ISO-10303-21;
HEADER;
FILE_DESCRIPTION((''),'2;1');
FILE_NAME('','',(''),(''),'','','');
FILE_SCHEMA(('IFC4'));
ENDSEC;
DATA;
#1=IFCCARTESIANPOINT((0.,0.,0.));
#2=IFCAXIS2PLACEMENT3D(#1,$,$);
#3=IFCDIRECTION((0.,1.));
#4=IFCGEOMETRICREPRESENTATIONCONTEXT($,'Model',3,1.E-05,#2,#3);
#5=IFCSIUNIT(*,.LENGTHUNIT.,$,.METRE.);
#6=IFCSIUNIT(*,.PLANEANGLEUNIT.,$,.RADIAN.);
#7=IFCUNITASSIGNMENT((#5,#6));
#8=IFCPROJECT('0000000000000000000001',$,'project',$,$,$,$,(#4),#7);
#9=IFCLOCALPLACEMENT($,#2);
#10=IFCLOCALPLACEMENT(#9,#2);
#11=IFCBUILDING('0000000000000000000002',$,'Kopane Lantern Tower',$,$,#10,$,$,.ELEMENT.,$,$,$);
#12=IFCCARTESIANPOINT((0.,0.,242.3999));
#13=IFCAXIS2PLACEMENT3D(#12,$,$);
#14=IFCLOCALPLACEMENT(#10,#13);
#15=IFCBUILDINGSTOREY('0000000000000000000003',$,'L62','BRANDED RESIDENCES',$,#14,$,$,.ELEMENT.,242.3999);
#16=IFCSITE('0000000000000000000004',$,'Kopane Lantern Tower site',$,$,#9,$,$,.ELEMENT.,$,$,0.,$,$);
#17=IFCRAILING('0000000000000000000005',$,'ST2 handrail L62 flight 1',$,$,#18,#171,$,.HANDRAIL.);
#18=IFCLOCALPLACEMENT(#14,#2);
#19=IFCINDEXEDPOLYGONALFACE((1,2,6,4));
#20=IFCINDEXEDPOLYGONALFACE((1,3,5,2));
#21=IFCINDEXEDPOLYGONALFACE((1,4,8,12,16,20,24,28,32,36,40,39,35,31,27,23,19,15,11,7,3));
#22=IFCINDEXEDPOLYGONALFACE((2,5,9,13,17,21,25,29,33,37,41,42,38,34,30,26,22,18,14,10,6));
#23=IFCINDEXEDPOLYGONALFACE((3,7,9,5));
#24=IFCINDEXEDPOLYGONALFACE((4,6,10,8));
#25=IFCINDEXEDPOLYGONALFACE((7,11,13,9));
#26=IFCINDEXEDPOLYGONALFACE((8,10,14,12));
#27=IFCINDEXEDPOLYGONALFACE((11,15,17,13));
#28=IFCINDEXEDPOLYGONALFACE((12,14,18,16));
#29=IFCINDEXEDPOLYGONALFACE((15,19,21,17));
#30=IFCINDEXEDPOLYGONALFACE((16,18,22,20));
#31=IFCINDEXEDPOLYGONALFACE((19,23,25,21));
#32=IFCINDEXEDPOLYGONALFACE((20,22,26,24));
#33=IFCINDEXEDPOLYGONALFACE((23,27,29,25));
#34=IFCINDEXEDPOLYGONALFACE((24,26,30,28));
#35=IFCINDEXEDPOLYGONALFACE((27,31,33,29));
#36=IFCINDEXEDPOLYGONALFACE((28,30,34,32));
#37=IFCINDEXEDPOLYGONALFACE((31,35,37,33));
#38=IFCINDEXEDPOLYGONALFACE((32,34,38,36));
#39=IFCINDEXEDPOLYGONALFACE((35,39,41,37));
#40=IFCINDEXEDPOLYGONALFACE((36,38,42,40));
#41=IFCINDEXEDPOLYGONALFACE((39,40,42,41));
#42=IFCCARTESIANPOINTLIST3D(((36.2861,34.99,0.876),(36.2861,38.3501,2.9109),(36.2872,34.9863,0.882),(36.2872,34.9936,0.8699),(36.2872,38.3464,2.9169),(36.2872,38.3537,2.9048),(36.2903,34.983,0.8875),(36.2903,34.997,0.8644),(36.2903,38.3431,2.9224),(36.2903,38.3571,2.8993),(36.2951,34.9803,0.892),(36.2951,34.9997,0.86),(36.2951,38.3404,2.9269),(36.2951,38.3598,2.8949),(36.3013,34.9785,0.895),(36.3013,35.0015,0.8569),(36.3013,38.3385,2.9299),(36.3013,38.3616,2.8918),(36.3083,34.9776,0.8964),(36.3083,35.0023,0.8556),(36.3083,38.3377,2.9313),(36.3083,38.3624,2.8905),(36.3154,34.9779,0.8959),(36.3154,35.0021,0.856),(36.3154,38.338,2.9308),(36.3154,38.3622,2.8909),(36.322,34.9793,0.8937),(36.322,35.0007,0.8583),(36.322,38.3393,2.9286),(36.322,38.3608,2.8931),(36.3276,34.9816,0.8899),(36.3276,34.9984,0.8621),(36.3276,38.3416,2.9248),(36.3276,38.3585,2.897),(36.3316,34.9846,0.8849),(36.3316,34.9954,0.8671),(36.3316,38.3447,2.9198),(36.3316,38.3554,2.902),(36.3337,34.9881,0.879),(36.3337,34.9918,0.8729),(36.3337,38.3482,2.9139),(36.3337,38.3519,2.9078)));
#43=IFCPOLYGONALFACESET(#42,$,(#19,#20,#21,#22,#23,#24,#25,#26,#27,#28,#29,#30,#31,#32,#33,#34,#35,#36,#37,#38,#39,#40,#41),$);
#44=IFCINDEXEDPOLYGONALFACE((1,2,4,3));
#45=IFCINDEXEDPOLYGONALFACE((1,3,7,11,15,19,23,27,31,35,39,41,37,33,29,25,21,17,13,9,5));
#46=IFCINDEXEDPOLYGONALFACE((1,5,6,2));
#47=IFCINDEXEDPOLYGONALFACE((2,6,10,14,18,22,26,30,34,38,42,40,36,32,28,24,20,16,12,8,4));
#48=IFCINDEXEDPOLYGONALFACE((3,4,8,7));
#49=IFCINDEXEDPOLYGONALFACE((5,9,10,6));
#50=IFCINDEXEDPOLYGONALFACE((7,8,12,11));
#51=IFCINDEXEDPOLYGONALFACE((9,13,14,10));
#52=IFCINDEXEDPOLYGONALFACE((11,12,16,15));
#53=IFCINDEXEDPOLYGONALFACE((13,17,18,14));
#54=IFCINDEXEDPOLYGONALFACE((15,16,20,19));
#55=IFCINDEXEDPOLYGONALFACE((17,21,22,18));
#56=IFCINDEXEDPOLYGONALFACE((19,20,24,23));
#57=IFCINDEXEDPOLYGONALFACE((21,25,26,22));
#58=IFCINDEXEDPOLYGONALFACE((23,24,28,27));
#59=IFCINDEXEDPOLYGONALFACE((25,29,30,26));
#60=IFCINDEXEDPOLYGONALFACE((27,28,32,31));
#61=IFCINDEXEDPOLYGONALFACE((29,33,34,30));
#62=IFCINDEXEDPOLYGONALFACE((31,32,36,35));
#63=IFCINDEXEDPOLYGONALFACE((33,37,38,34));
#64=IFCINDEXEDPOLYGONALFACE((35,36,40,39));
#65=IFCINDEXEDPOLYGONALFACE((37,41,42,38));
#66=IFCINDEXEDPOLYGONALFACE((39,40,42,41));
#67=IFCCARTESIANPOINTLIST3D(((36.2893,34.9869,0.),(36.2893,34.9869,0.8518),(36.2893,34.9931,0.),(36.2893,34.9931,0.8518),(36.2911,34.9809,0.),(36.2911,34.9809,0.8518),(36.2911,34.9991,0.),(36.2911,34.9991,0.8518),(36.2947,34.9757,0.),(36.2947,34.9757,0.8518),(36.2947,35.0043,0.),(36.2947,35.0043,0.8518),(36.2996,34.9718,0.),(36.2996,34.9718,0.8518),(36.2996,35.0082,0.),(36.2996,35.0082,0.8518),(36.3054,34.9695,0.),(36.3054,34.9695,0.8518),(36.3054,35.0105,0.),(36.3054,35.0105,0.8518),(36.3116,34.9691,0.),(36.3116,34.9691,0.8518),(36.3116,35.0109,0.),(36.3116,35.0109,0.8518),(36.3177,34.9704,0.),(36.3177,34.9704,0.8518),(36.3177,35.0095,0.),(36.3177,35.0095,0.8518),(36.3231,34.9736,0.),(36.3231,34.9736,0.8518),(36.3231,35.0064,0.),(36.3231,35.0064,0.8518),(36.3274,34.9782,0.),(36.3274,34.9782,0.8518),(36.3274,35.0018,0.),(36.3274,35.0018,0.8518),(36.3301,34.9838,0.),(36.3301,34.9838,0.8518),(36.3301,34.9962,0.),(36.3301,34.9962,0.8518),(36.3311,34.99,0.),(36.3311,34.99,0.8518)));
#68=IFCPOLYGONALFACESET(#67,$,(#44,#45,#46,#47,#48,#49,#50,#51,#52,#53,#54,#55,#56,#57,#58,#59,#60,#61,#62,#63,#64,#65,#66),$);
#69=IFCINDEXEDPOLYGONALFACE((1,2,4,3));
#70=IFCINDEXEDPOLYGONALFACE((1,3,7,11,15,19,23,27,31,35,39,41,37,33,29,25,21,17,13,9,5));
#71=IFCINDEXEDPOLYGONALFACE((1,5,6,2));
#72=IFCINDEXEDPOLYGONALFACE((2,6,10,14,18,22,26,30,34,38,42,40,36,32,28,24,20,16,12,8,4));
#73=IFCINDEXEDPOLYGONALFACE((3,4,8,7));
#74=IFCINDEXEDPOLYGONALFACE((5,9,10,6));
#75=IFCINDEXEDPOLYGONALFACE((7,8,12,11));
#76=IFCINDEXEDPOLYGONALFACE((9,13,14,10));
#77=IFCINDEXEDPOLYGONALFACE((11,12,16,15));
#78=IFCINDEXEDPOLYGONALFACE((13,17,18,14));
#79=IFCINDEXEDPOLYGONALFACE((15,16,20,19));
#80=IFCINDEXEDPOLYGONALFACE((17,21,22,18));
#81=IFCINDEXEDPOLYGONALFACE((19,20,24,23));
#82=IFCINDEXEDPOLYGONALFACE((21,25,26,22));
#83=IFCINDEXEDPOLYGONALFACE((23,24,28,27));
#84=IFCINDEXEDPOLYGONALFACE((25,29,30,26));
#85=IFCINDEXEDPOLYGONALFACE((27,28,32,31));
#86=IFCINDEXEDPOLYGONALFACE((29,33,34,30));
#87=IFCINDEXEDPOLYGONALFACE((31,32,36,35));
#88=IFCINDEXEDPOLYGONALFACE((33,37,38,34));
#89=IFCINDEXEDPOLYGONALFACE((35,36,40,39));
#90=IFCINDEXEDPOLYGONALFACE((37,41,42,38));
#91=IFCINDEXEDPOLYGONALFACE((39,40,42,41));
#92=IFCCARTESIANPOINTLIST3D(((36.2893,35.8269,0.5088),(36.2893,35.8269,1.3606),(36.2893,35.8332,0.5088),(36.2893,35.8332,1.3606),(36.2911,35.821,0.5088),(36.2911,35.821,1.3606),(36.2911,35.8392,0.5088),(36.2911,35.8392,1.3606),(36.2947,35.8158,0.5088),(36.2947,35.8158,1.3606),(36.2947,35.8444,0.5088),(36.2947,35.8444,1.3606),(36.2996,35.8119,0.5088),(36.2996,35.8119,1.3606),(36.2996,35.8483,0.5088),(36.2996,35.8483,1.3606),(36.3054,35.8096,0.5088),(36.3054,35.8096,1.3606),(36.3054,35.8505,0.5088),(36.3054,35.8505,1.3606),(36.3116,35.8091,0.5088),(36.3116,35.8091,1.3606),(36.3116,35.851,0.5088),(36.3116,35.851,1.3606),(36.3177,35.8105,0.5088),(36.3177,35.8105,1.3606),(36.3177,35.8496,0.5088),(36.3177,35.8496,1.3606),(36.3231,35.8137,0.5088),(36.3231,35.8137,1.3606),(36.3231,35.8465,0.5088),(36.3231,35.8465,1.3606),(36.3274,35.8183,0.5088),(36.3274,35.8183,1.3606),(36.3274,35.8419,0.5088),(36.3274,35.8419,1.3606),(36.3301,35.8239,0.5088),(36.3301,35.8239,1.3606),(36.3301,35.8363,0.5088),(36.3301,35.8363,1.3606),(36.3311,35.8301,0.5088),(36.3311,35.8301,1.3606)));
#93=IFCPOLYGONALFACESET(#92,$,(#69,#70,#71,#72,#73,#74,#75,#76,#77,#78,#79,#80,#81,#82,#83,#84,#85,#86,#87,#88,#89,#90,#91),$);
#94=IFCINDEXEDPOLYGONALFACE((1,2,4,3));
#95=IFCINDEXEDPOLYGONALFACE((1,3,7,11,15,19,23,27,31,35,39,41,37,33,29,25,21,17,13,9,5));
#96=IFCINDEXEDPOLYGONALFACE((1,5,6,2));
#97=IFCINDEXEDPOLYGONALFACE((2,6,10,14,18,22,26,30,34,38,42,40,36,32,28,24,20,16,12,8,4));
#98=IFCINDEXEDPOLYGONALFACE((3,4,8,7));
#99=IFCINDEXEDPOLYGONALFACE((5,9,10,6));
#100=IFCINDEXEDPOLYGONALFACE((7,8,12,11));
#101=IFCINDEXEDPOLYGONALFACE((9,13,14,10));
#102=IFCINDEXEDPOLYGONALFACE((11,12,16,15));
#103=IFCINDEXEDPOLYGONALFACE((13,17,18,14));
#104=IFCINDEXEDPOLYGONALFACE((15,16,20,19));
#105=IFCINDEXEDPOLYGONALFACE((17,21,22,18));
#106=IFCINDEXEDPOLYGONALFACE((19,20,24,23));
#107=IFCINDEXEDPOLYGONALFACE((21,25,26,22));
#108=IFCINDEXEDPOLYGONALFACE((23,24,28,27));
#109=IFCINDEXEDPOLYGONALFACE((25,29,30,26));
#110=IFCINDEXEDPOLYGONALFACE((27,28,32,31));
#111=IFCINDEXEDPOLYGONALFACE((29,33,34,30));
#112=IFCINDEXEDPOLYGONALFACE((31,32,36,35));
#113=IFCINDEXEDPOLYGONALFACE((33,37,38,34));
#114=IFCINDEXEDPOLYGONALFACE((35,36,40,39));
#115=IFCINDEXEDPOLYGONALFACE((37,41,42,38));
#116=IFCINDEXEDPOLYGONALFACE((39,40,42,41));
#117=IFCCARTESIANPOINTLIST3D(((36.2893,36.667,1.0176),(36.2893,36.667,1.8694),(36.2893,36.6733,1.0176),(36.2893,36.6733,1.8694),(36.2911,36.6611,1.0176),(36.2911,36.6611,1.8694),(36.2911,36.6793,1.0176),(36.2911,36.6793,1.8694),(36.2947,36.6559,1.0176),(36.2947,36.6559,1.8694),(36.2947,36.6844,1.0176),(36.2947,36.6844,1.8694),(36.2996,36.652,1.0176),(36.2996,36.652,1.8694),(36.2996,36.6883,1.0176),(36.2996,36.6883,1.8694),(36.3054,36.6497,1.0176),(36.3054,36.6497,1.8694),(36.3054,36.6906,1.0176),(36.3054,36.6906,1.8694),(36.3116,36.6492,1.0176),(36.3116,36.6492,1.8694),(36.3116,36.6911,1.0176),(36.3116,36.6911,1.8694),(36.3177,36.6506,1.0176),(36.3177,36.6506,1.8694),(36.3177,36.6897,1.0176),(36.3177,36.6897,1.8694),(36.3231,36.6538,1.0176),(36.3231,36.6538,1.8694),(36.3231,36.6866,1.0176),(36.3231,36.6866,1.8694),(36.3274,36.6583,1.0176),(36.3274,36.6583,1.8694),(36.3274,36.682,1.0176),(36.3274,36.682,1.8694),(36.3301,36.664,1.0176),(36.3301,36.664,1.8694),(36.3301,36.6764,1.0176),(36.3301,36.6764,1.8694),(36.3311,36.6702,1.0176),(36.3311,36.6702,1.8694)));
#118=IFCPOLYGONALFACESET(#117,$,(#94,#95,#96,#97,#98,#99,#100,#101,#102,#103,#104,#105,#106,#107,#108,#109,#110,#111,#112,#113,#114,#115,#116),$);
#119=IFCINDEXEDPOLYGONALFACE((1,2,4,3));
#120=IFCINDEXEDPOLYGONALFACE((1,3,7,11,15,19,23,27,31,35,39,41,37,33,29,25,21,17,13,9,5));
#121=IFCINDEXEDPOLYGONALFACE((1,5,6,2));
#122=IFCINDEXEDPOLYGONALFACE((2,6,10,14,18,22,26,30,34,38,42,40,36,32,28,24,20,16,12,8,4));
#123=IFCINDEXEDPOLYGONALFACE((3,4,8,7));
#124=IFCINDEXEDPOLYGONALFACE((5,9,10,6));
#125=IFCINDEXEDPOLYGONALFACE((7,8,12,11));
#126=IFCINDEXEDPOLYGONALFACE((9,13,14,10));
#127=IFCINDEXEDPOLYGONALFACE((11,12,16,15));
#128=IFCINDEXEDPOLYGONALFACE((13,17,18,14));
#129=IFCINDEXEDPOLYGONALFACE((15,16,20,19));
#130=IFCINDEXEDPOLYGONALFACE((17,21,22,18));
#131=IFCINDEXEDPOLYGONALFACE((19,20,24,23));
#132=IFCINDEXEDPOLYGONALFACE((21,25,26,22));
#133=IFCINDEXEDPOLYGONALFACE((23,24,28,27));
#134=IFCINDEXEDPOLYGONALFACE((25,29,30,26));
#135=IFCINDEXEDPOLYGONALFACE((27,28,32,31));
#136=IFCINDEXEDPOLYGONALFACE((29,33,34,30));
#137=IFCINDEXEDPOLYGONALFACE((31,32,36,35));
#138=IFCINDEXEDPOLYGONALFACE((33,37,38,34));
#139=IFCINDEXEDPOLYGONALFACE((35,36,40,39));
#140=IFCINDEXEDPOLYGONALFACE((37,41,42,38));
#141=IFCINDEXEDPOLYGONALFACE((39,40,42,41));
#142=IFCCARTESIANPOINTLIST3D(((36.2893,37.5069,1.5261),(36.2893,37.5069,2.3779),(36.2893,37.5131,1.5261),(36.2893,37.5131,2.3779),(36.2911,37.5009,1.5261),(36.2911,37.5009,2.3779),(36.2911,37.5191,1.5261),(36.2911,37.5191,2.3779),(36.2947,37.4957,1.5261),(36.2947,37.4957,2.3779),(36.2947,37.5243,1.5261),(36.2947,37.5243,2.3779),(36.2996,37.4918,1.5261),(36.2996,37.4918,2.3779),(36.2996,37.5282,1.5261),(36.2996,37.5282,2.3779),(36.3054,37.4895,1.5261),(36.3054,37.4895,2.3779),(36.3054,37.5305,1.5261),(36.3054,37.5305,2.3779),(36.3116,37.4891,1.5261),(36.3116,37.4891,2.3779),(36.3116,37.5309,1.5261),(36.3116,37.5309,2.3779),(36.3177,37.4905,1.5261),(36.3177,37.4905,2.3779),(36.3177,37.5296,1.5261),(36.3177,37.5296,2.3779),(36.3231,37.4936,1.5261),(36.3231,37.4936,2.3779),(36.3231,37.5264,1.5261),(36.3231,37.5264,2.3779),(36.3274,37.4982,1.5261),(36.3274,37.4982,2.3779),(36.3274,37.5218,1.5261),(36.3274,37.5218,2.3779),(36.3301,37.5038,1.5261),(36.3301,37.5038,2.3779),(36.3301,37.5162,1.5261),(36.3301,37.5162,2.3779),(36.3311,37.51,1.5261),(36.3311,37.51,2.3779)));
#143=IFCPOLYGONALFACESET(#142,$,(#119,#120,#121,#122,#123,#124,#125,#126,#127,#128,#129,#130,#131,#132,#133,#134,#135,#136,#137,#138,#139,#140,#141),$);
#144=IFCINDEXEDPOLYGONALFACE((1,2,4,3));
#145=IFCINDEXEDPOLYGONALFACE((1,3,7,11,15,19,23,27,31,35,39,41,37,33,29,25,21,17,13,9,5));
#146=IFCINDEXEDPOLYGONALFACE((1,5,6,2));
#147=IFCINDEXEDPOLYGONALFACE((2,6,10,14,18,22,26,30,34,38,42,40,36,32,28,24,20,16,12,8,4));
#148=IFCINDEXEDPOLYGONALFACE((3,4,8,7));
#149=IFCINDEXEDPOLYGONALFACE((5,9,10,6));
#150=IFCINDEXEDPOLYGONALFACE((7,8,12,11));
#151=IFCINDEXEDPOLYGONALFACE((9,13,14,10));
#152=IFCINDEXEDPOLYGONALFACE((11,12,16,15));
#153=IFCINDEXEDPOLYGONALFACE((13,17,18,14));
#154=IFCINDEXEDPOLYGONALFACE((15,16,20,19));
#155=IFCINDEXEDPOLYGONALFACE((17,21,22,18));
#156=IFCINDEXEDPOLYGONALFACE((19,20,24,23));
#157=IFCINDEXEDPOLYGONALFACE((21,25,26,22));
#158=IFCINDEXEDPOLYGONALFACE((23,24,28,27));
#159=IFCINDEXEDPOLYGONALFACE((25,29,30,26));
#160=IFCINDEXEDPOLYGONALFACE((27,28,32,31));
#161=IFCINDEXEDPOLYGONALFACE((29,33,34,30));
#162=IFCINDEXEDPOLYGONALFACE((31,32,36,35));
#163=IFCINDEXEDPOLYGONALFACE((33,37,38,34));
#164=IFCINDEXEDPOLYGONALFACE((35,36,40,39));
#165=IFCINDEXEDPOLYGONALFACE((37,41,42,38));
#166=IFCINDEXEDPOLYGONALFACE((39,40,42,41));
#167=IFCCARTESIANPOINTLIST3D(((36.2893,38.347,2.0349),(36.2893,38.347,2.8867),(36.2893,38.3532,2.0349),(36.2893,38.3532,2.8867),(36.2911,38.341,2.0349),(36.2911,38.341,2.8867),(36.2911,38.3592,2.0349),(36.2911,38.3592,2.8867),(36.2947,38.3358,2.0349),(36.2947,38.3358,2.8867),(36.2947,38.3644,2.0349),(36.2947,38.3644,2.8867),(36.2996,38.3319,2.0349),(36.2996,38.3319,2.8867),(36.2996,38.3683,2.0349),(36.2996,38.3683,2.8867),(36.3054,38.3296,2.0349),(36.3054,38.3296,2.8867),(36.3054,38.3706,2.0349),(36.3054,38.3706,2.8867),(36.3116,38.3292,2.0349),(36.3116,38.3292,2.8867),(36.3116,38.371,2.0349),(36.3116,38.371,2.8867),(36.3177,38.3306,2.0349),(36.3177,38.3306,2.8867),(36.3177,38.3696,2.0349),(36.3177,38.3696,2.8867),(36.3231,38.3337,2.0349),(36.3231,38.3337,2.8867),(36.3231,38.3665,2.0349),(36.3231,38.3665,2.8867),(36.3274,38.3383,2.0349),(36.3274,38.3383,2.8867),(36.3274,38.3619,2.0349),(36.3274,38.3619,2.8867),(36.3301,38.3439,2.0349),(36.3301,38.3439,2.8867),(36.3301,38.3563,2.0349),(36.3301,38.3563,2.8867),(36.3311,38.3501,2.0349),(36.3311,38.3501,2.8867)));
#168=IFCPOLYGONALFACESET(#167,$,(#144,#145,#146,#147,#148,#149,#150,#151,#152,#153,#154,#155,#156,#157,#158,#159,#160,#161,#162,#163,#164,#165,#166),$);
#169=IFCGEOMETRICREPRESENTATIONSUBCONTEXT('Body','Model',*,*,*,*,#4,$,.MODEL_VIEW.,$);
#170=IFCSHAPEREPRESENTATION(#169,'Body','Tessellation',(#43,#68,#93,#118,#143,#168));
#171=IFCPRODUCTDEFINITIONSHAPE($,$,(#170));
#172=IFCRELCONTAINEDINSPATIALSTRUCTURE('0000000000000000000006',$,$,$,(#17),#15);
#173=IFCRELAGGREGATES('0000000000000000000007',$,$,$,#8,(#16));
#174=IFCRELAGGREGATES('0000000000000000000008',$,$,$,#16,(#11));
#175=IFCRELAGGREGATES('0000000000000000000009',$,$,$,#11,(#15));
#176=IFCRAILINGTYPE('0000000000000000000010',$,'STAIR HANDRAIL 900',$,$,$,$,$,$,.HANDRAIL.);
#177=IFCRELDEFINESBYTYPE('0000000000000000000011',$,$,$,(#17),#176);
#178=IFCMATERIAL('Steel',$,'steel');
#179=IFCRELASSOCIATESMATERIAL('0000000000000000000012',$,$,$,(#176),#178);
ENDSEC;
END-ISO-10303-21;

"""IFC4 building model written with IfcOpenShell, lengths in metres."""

from ifc_helpers import new_model, si_unit, direction, frame, origin, origin_2d, place, context, subcontext, project, spatial, circle, extrude, material, type_object, element, save


model = new_model("IFC4")

# Units and contexts
model_context = context("Model", 3, precision=1e-05, world=origin(), true_north=direction((0.0, 1.0)))
body_context = subcontext(model_context, "Body", "Model", "MODEL_VIEW")
ifc_project = project(units=[si_unit("LENGTHUNIT", "METRE"), si_unit("PLANEANGLEUNIT", "RADIAN")], contexts=[model_context])

# Site, building, storey
site_placement = place(None, origin())
site = spatial("IfcSite", under=ifc_project, at=site_placement, Name="Kopane Lantern Tower site", CompositionType="ELEMENT", RefElevation=0.0)
building_placement = place(site_placement, origin())
building = spatial("IfcBuilding", under=site, at=building_placement, Name="Kopane Lantern Tower", CompositionType="ELEMENT")
storey_placement = place(building_placement, frame((0.0, 0.0, 242.3999)))
storey = spatial("IfcBuildingStorey", under=building, at=storey_placement, Name="L62", Description="BRANDED RESIDENCES", CompositionType="ELEMENT", Elevation=242.3999)

# Railing
ifc_material_1 = material(Name="Steel", Category="steel")
railing_type_1 = type_object("IfcRailingType", Name="STAIR HANDRAIL 900", PredefinedType="HANDRAIL", material=ifc_material_1)
for number, where, name in (
    (1, (36.3101, 34.99, 0.0), "ST2 handrail L62 flight 1"),
):
    element("IfcRailing", number, at=place(storey_placement, frame(where)), inside=storey, type_object=railing_type_1, Name=name, PredefinedType="HANDRAIL", context=body_context, shape_type="SweptSolid", body=[
        extrude(circle(Radius=0.0239, at=origin_2d()), frame((0.0, 0.0, 0.876), z_axis=(0.0, 0.855369, 0.518019), x_axis=(-1.0, 0.0, 0.0)), (0.0, 0.0, 1.0), 3.9282),
        extrude(circle(Radius=0.021, at=origin_2d()), origin(), (0.0, 0.0, 1.0), 0.8518),
        extrude(circle(Radius=0.021, at=origin_2d()), frame((0.0, 0.8401, 0.5088)), (0.0, 0.0, 1.0), 0.8518),
        extrude(circle(Radius=0.021, at=origin_2d()), frame((0.0, 1.6802, 1.0176)), (0.0, 0.0, 1.0), 0.8518),
        extrude(circle(Radius=0.021, at=origin_2d()), frame((0.0, 2.52, 1.5261)), (0.0, 0.0, 1.0), 0.8518),
        extrude(circle(Radius=0.021, at=origin_2d()), frame((0.0, 3.3601, 2.0349)), (0.0, 0.0, 1.0), 0.8518),
    ])

save(model, "model.ifc")
